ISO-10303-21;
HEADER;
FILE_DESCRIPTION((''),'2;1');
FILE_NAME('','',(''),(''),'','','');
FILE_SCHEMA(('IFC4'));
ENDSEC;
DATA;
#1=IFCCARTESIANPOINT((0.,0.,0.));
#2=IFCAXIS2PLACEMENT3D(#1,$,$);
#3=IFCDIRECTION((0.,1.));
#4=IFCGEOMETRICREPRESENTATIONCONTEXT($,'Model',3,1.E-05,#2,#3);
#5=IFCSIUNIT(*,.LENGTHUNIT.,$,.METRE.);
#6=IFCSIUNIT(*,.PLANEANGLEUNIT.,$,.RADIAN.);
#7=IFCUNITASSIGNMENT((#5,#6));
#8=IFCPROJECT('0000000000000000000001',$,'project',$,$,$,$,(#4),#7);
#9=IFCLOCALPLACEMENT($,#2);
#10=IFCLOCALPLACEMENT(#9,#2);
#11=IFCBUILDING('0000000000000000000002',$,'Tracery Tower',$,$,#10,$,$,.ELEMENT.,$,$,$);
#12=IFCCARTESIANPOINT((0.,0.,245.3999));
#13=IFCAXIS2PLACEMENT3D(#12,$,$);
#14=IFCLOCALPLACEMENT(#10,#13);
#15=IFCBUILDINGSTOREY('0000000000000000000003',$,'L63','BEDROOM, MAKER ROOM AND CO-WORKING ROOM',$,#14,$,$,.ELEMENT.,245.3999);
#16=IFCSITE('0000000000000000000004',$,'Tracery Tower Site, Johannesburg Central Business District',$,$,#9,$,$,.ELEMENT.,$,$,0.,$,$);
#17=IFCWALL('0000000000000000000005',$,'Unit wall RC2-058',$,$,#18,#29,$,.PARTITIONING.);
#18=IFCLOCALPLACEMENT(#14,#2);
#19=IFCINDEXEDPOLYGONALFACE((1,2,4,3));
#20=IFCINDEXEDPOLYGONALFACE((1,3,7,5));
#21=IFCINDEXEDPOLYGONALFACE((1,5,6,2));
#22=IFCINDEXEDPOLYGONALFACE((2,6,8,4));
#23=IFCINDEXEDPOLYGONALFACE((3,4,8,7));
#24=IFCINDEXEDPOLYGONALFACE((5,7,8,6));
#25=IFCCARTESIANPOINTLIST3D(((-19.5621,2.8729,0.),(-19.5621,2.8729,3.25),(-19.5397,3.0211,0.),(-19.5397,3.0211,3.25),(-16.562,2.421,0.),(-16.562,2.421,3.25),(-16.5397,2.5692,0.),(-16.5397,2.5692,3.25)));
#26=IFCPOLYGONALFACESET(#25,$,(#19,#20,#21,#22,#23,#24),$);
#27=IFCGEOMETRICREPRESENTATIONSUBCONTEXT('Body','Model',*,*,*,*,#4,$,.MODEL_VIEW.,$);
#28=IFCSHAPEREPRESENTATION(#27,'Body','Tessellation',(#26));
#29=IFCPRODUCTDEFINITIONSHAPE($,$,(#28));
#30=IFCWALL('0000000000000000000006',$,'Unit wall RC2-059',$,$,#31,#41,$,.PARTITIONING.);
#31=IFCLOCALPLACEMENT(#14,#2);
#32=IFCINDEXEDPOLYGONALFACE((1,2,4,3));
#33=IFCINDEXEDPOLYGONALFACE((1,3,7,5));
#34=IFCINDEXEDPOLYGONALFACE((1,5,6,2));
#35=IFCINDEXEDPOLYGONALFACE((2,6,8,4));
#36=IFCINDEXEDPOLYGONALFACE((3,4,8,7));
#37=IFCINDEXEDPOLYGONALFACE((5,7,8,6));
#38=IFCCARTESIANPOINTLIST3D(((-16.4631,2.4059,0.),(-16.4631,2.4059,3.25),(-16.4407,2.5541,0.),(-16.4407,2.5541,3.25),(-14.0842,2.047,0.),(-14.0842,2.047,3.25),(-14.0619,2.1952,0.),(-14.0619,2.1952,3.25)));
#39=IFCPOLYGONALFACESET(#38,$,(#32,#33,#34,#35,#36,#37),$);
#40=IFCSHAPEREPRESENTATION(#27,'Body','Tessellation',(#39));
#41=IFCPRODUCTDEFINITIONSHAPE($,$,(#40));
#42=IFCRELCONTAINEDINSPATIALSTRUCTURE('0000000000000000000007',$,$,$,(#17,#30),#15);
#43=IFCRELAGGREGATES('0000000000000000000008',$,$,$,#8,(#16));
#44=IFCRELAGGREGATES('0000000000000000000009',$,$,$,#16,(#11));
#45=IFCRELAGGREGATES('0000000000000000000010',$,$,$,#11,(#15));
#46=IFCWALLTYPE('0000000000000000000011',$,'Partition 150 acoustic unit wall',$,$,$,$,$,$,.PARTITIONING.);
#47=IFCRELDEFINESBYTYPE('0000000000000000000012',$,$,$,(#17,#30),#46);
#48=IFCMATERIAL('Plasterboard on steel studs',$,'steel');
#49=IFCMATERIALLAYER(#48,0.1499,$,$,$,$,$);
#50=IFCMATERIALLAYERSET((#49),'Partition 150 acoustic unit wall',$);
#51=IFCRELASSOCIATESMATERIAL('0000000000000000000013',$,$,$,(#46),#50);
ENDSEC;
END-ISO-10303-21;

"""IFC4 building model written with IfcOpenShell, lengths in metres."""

from ifc_helpers import new_model, si_unit, direction, frame, frame_2d, origin, place, context, subcontext, project, spatial, rectangle, extrude, material, layer, layer_set, type_object, element, save


model = new_model("IFC4")

# Units and contexts
model_context = context("Model", 3, precision=1e-05, world=origin(), true_north=direction((0.0, 1.0)))
body_context = subcontext(model_context, "Body", "Model", "MODEL_VIEW")
ifc_project = project(units=[si_unit("LENGTHUNIT", "METRE"), si_unit("PLANEANGLEUNIT", "RADIAN")], contexts=[model_context])

# Site, building, storey
site_placement = place(None, origin())
site = spatial("IfcSite", under=ifc_project, at=site_placement, Name="Tracery Tower Site, Johannesburg Central Business District", CompositionType="ELEMENT", RefElevation=0.0)
building_placement = place(site_placement, origin())
building = spatial("IfcBuilding", under=site, at=building_placement, Name="Tracery Tower", CompositionType="ELEMENT")
storey_placement = place(building_placement, frame((0.0, 0.0, 245.3999)))
storey = spatial("IfcBuildingStorey", under=building, at=storey_placement, Name="L63", Description="BEDROOM, MAKER ROOM AND CO-WORKING ROOM", CompositionType="ELEMENT", Elevation=245.3999)

# Walls
ifc_material_1 = material(Name="Plasterboard on steel studs", Category="steel")
ifc_layer_1 = layer(ifc_material_1, 0.1499)
ifc_layer_set_1 = layer_set([ifc_layer_1], Name="Partition 150 acoustic unit wall")
wall_type_1 = type_object("IfcWallType", Name="Partition 150 acoustic unit wall", PredefinedType="PARTITIONING", material=ifc_layer_set_1)
wall_1_placement = place(storey_placement, frame((-19.551, 2.947, 0.0), z_axis=(0.0, 0.0, 1.0), x_axis=(0.988844, -0.148954, 0.0)))
element("IfcWall", 1, at=wall_1_placement, inside=storey, type_object=wall_type_1, Name="Unit wall RC2-058", PredefinedType="PARTITIONING", context=body_context, shape_type="SweptSolid", body=[
    extrude(rectangle(XDim=3.0339, YDim=0.1499, at=frame_2d((1.5171, 0.0))), origin(), (0.0, 0.0, 1.0), 3.25),
])
wall_2_placement = place(storey_placement, frame((-16.4519, 2.48, 0.0), z_axis=(0.0, 0.0, 1.0), x_axis=(0.988811, -0.149174, 0.0)))
element("IfcWall", 2, at=wall_2_placement, inside=storey, type_object=wall_type_1, Name="Unit wall RC2-059", PredefinedType="PARTITIONING", context=body_context, shape_type="SweptSolid", body=[
    extrude(rectangle(XDim=2.4058, YDim=0.1499, at=frame_2d((1.2029, 0.0))), origin(), (0.0, 0.0, 1.0), 3.25),
])

save(model, "model.ifc")
